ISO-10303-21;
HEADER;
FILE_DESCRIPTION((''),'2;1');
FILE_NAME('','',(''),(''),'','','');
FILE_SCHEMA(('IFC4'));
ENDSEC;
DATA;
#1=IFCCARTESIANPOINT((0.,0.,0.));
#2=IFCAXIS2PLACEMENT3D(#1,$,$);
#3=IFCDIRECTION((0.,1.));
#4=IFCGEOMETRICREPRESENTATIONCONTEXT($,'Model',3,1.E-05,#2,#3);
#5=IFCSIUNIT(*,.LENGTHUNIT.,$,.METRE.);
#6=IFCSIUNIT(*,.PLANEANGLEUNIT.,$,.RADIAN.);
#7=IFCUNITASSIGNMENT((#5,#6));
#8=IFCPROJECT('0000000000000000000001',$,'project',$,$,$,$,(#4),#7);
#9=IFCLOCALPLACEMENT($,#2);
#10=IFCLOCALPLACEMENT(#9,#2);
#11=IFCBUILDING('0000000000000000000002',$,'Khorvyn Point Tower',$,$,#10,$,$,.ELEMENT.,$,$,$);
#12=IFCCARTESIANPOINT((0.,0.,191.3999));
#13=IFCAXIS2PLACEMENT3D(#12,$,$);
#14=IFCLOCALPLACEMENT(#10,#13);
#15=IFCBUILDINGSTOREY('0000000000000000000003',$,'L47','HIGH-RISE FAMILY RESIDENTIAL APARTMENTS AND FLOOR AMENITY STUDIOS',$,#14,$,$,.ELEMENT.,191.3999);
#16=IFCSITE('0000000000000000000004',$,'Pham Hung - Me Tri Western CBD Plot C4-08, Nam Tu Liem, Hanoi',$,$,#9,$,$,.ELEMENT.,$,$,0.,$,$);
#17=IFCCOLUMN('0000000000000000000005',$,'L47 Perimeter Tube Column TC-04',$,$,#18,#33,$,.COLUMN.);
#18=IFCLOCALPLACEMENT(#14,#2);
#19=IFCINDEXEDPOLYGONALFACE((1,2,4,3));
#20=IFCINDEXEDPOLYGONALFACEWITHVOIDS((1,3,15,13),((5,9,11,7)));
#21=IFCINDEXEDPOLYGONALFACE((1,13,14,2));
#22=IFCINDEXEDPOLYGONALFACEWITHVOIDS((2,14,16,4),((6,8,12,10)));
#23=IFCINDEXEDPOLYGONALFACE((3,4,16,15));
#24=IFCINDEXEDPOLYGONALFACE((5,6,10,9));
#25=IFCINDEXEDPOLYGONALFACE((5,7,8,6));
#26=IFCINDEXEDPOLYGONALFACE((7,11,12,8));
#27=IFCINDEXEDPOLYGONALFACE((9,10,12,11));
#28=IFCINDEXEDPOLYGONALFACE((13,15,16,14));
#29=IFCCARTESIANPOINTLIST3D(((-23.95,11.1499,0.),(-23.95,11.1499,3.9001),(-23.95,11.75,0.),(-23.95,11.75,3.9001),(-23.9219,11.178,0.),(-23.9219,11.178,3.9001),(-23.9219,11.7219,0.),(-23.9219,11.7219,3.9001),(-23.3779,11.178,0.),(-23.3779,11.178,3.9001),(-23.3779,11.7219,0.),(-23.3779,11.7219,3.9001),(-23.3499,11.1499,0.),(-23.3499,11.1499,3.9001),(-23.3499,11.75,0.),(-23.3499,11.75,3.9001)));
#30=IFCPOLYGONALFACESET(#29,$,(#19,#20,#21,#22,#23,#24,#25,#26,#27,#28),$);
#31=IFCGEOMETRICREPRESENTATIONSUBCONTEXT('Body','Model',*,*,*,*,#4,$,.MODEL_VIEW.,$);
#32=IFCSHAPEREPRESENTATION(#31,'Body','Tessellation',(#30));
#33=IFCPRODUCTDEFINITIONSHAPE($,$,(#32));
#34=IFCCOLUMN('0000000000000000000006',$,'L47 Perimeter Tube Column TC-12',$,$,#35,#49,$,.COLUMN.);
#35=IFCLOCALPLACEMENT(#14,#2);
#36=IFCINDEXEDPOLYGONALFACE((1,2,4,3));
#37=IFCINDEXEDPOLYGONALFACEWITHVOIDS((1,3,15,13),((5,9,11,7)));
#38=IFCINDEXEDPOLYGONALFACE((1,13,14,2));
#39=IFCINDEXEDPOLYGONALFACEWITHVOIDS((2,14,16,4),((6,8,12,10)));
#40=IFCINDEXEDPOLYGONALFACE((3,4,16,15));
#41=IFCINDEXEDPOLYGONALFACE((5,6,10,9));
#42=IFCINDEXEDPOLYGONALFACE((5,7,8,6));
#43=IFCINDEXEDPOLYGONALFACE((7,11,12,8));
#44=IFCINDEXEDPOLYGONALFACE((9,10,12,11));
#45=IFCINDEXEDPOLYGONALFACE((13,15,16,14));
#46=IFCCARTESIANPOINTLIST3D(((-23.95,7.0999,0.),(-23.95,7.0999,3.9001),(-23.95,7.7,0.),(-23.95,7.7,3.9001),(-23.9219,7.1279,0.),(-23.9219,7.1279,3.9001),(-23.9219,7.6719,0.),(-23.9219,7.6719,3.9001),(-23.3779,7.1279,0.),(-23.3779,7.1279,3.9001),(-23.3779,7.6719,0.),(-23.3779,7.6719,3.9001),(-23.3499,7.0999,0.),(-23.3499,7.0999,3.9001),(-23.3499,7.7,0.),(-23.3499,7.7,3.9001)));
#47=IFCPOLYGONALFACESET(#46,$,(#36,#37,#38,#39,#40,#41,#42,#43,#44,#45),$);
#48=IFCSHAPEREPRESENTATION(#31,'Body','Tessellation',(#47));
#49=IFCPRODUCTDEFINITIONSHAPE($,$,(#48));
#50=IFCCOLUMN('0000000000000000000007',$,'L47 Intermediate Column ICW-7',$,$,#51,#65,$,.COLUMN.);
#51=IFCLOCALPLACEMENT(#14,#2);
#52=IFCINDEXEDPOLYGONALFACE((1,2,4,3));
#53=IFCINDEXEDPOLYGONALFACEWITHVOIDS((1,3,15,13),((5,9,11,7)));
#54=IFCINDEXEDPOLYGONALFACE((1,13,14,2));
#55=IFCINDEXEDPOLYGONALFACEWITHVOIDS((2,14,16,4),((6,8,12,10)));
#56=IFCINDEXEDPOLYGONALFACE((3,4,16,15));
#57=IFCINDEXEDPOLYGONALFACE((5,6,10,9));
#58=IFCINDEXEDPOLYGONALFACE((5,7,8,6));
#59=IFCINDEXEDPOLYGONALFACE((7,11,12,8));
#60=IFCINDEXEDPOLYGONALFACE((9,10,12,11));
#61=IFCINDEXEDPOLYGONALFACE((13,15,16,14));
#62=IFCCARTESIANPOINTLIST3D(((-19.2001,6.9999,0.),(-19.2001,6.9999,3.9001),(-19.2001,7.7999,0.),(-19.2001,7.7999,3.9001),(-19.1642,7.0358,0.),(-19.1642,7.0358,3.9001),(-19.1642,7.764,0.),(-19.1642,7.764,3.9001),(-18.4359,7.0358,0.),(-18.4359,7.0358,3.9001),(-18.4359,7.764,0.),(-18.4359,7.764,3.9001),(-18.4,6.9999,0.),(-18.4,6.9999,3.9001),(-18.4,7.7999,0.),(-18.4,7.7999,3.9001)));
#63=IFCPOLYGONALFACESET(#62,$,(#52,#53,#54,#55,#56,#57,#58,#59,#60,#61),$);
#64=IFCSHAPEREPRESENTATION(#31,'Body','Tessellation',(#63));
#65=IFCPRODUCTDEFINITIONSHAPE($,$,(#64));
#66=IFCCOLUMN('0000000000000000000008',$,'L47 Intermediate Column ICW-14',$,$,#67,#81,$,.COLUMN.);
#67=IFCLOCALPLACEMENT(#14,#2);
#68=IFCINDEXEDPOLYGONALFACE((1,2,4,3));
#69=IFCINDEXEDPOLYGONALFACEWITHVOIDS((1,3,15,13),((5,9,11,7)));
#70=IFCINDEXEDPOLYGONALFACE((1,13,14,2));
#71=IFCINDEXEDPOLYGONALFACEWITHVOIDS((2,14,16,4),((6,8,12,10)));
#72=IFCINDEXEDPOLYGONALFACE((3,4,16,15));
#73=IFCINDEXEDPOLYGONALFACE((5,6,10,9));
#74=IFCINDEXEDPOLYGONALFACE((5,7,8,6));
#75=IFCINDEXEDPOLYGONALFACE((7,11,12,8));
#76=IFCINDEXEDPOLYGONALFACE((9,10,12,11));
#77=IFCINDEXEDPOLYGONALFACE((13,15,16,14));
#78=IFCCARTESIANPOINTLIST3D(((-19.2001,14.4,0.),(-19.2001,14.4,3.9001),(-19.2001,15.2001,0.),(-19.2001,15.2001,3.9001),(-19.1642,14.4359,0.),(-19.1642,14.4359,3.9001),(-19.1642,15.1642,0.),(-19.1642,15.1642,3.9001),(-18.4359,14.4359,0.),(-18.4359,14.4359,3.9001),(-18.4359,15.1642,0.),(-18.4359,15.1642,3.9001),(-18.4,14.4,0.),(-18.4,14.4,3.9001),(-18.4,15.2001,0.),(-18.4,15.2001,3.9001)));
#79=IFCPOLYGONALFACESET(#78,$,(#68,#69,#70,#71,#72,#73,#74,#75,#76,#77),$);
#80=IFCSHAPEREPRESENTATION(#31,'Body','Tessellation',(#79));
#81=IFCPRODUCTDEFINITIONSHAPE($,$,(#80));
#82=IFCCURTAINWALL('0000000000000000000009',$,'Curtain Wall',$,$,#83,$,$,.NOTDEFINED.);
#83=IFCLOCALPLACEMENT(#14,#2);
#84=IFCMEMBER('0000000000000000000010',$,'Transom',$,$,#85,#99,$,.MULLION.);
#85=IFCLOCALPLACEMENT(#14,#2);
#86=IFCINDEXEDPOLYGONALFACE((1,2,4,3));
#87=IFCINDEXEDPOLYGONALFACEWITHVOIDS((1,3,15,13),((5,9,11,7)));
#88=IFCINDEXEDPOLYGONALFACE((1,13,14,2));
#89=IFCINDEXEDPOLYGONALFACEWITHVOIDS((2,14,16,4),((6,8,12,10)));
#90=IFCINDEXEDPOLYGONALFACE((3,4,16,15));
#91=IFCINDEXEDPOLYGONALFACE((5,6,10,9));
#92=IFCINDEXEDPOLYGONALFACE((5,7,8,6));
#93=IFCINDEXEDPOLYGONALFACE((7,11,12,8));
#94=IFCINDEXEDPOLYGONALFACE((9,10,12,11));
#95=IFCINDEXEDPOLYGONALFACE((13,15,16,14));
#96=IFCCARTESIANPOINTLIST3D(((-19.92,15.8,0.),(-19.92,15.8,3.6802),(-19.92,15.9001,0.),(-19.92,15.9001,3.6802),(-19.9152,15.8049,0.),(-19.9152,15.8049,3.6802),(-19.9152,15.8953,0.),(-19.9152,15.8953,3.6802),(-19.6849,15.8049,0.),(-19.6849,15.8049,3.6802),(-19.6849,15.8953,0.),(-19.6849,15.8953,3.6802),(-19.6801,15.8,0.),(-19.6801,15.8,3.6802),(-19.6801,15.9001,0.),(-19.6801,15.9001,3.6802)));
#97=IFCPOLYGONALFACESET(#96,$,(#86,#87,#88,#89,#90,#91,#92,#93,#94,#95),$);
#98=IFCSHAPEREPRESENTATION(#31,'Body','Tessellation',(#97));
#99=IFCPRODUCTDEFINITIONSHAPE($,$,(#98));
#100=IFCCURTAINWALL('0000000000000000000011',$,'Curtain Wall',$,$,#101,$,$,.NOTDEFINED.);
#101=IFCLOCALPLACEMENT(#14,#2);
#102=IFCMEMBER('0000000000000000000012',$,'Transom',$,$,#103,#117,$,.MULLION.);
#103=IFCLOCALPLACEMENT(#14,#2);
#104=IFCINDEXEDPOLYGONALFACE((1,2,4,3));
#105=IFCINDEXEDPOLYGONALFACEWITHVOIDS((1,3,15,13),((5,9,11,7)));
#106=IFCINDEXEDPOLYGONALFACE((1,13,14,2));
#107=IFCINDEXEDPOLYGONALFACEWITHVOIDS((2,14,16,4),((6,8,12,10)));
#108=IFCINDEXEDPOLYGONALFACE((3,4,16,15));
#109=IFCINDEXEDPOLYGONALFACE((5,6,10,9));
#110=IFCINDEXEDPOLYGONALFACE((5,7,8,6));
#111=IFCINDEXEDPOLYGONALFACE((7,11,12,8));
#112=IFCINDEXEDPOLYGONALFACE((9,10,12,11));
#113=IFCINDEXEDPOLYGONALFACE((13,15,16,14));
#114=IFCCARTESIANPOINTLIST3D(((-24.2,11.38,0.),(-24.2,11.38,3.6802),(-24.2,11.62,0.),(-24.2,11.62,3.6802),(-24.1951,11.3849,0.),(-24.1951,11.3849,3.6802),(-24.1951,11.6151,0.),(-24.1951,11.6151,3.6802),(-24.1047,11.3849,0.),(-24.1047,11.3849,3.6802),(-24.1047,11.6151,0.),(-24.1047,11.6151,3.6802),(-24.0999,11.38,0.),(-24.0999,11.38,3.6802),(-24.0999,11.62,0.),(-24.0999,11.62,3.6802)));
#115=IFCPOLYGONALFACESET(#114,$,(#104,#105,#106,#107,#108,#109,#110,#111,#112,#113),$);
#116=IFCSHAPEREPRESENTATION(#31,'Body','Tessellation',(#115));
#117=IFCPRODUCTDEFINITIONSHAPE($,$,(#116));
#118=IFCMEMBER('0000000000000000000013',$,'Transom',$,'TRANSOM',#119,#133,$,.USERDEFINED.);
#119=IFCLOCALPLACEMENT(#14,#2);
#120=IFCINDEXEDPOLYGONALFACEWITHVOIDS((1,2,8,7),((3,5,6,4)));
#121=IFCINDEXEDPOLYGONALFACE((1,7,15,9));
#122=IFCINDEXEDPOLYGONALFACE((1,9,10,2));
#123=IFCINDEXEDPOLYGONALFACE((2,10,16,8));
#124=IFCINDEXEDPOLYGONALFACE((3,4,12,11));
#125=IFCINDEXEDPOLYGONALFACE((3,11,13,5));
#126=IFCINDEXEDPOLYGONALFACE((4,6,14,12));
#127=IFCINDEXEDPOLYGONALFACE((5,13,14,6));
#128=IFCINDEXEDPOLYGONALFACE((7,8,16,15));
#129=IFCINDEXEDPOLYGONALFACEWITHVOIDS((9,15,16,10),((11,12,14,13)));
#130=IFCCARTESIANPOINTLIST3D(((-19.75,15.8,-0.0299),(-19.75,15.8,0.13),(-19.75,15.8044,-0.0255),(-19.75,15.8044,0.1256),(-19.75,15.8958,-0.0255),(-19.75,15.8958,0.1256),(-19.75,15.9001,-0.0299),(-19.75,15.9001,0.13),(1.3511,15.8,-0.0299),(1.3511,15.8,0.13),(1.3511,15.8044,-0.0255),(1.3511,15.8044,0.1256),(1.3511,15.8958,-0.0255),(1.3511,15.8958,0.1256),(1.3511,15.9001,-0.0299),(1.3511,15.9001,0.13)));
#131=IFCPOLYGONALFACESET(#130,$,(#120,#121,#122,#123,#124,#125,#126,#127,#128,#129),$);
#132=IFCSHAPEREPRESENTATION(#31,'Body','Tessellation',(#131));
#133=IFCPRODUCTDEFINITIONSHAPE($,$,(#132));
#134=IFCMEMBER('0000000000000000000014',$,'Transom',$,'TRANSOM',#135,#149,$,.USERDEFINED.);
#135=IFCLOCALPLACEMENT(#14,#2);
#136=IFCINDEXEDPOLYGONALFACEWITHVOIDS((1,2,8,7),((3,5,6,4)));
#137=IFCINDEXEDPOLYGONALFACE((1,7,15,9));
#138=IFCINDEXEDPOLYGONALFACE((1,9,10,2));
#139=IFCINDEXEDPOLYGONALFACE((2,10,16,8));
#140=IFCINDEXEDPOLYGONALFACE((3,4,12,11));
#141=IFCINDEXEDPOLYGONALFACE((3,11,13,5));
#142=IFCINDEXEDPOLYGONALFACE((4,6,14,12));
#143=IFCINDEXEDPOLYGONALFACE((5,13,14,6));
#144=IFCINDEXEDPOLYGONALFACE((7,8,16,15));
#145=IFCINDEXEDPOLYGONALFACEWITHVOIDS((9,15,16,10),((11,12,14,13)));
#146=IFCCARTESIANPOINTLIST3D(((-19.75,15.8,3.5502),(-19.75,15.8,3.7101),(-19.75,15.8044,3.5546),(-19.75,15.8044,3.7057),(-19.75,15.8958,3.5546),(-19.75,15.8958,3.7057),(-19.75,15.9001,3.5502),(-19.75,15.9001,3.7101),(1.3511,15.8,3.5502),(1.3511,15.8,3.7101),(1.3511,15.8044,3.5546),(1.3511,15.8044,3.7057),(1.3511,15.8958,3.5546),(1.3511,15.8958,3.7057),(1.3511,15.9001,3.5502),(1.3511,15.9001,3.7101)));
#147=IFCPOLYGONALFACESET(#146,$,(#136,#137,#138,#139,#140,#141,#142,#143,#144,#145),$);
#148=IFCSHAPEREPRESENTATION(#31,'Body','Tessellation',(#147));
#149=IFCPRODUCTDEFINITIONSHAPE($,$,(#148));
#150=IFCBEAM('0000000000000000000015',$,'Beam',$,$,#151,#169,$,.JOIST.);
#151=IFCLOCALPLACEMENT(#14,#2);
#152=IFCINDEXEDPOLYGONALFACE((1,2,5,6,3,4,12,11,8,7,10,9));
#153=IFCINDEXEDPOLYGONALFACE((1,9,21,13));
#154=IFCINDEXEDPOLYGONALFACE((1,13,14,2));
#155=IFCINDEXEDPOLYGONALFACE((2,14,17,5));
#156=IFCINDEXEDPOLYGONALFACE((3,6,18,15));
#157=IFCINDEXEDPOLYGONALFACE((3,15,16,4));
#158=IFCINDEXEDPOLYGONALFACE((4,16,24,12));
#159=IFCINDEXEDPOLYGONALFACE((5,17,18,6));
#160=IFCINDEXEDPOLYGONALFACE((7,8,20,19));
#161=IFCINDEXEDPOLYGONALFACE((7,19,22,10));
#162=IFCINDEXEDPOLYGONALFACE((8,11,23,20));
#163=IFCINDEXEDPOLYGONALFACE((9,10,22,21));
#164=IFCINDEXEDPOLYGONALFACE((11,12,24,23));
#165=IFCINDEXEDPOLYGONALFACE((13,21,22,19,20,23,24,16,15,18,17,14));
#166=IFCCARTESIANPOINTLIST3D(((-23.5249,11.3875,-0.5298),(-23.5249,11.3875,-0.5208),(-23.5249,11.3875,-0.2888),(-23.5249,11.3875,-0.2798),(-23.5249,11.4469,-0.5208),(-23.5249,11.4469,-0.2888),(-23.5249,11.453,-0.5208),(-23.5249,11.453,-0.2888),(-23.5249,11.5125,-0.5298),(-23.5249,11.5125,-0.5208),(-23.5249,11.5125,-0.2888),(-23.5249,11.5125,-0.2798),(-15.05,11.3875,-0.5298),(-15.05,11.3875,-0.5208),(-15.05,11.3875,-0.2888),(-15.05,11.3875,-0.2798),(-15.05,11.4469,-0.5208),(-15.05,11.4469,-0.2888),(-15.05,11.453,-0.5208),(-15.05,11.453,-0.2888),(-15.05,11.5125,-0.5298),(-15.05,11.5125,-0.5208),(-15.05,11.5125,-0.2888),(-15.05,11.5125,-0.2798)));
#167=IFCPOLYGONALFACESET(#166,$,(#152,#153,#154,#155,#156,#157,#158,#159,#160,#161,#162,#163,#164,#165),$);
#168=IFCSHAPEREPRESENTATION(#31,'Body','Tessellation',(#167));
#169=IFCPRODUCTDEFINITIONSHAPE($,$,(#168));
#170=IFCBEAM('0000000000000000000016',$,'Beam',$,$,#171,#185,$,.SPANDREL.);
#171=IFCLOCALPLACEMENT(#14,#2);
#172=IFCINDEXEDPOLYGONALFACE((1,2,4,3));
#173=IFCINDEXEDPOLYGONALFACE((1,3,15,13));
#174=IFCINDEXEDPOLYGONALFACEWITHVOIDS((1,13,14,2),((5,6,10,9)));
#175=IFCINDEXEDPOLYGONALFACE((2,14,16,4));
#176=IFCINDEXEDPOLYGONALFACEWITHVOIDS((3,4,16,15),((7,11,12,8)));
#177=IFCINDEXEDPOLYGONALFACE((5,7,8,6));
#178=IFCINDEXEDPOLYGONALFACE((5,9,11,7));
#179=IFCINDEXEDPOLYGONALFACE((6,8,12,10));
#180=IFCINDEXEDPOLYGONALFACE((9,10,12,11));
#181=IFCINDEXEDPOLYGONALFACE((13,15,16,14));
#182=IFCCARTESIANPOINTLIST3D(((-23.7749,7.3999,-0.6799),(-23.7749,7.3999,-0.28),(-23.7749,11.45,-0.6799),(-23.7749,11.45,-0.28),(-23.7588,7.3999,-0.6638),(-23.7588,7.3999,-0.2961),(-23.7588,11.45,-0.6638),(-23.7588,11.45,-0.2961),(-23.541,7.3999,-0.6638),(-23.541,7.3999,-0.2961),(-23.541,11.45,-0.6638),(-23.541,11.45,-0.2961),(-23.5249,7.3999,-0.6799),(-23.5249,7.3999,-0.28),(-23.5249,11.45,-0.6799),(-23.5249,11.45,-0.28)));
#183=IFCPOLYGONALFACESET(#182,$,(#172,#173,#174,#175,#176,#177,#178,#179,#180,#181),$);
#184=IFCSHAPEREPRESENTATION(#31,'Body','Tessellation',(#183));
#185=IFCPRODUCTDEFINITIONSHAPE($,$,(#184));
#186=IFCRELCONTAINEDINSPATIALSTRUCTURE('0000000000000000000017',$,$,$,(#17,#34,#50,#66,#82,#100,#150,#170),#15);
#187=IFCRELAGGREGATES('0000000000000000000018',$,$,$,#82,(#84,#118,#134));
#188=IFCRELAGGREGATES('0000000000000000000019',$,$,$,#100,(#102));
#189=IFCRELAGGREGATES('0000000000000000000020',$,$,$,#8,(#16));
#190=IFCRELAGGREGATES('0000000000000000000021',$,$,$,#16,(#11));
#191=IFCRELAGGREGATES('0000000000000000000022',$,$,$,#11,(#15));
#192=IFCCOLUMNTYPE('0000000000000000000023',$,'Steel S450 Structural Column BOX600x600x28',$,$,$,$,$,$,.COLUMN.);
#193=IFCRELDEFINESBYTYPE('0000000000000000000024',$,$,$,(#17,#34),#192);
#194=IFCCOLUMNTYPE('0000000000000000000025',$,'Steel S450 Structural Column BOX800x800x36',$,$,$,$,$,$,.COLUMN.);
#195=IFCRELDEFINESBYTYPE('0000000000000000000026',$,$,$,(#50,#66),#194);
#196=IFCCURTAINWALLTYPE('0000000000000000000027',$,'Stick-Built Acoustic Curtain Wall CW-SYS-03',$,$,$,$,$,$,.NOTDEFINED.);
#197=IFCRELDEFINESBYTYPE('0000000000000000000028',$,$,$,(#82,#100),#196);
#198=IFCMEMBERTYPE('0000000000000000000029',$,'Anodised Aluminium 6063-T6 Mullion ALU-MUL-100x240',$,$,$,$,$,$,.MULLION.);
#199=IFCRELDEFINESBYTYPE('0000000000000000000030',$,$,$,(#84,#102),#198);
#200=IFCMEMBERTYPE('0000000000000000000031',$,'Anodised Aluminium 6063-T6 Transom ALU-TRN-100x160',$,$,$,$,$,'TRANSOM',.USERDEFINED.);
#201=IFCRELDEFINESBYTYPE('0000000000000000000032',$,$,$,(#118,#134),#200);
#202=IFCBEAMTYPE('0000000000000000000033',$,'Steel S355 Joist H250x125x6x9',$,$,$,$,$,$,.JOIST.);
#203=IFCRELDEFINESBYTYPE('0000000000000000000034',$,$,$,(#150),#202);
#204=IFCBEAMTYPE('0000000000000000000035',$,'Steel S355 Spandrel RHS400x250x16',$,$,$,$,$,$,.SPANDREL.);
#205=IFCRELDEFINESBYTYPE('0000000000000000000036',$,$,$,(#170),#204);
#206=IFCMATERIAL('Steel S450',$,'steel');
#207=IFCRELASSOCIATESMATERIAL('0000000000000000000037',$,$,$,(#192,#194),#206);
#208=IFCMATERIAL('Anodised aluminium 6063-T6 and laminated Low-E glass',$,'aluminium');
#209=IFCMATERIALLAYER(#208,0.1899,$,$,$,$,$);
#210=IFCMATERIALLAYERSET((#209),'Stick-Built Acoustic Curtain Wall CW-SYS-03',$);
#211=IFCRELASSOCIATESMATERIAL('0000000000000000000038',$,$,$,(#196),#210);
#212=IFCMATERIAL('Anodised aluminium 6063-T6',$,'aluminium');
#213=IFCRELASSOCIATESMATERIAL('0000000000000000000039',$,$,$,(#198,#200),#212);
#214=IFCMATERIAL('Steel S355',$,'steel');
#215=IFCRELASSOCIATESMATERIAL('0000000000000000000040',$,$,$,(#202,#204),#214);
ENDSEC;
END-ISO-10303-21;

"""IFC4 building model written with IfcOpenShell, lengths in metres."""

from ifc_helpers import new_model, si_unit, direction, frame, origin, origin_2d, place, context, subcontext, project, spatial, hollow_rectangle, i_section, extrude, material, layer, layer_set, material_profile, profile_set, type_object, element, aggregate, save


model = new_model("IFC4")

# Units and contexts
model_context = context("Model", 3, precision=1e-05, world=origin(), true_north=direction((0.0, 1.0)))
body_context = subcontext(model_context, "Body", "Model", "MODEL_VIEW")
ifc_project = project(units=[si_unit("LENGTHUNIT", "METRE"), si_unit("PLANEANGLEUNIT", "RADIAN")], contexts=[model_context])

# Site, building, storey
site_placement = place(None, origin())
site = spatial("IfcSite", under=ifc_project, at=site_placement, Name="Pham Hung - Me Tri Western CBD Plot C4-08, Nam Tu Liem, Hanoi", CompositionType="ELEMENT", RefElevation=0.0)
building_placement = place(site_placement, origin())
building = spatial("IfcBuilding", under=site, at=building_placement, Name="Khorvyn Point Tower", CompositionType="ELEMENT")
storey_placement = place(building_placement, frame((0.0, 0.0, 191.3999)))
storey = spatial("IfcBuildingStorey", under=building, at=storey_placement, Name="L47", Description="HIGH-RISE FAMILY RESIDENTIAL APARTMENTS AND FLOOR AMENITY STUDIOS", CompositionType="ELEMENT", Elevation=191.3999)

# Columns
ifc_material_1 = material(Name="Steel S450", Category="steel")
ifc_material_profile_1 = material_profile(ifc_material_1, hollow_rectangle(XDim=0.6001, YDim=0.6001, WallThickness=0.0281, at=origin_2d()))
ifc_profile_set_1 = profile_set([ifc_material_profile_1], Name="Steel S450 BOX600x600x28")
column_type_1 = type_object("IfcColumnType", Name="Steel S450 Structural Column BOX600x600x28", PredefinedType="COLUMN", material=ifc_profile_set_1)
for number, where, z_axis, x_axis, name in (
    (1, (-23.6499, 11.45, 0.0), (0.0, 0.0, 1.0), (1.0, 0.0, 0.0), "L47 Perimeter Tube Column TC-04"),
    (2, (-23.6499, 7.3999, 0.0), (0.0, 0.0, 1.0), (1.0, 0.0, 0.0), "L47 Perimeter Tube Column TC-12"),
):
    element("IfcColumn", number, at=place(storey_placement, frame(where, z_axis=z_axis, x_axis=x_axis)), inside=storey, type_object=column_type_1, Name=name, PredefinedType="COLUMN", context=body_context, shape_type="SweptSolid", body=[
        extrude(hollow_rectangle(XDim=0.6001, YDim=0.6001, WallThickness=0.0281, at=origin_2d()), origin(), (0.0, 0.0, 1.0), 3.9001),
    ])
ifc_material_profile_2 = material_profile(ifc_material_1, hollow_rectangle(XDim=0.8, YDim=0.8, WallThickness=0.0359, at=origin_2d()))
ifc_profile_set_2 = profile_set([ifc_material_profile_2], Name="Steel S450 BOX800x800x36")
column_type_2 = type_object("IfcColumnType", Name="Steel S450 Structural Column BOX800x800x36", PredefinedType="COLUMN", material=ifc_profile_set_2)
for number, where, z_axis, x_axis, name in (
    (3, (-18.8, 7.3999, 0.0), (0.0, 0.0, 1.0), (1.0, 0.0, 0.0), "L47 Intermediate Column ICW-7"),
    (4, (-18.8, 14.8, 0.0), (0.0, 0.0, 1.0), (1.0, 0.0, 0.0), "L47 Intermediate Column ICW-14"),
):
    element("IfcColumn", number, at=place(storey_placement, frame(where, z_axis=z_axis, x_axis=x_axis)), inside=storey, type_object=column_type_2, Name=name, PredefinedType="COLUMN", context=body_context, shape_type="SweptSolid", body=[
        extrude(hollow_rectangle(XDim=0.8, YDim=0.8, WallThickness=0.0359, at=origin_2d()), origin(), (0.0, 0.0, 1.0), 3.9001),
    ])

# Curtain walls, members
ifc_material_2 = material(Name="Anodised aluminium 6063-T6 and laminated Low-E glass", Category="aluminium")
ifc_layer_1 = layer(ifc_material_2, 0.1899)
ifc_layer_set_1 = layer_set([ifc_layer_1], Name="Stick-Built Acoustic Curtain Wall CW-SYS-03")
curtain_wall_type = type_object("IfcCurtainWallType", Name="Stick-Built Acoustic Curtain Wall CW-SYS-03", PredefinedType="NOTDEFINED", material=ifc_layer_set_1)
curtain_wall_1_placement = place(storey_placement, origin())
curtain_wall_1 = element("IfcCurtainWall", 5, at=curtain_wall_1_placement, inside=storey, type_object=curtain_wall_type, Name="Curtain Wall", PredefinedType="NOTDEFINED")
ifc_material_3 = material(Name="Anodised aluminium 6063-T6", Category="aluminium")
ifc_material_profile_3 = material_profile(ifc_material_3, hollow_rectangle(XDim=0.1001, YDim=0.24, WallThickness=0.0049, at=origin_2d()))
ifc_profile_set_3 = profile_set([ifc_material_profile_3], Name="Anodised aluminium 6063-T6 ALU-MUL-100x240")
member_type_1 = type_object("IfcMemberType", Name="Anodised Aluminium 6063-T6 Mullion ALU-MUL-100x240", PredefinedType="MULLION", material=ifc_profile_set_3)
member_1_placement = place(storey_placement, frame((-19.8, 15.8501, 0.0), z_axis=(0.0, 0.0, 1.0), x_axis=(0.0, 1.0, 0.0)))
member_1 = element("IfcMember", 6, at=member_1_placement, type_object=member_type_1, Name="Transom", PredefinedType="MULLION", context=body_context, shape_type="SweptSolid", body=[
    extrude(hollow_rectangle(XDim=0.1001, YDim=0.24, WallThickness=0.0049, at=origin_2d()), origin(), (0.0, 0.0, 1.0), 3.6802),
])
curtain_wall_2_placement = place(storey_placement, origin())
curtain_wall_2 = element("IfcCurtainWall", 7, at=curtain_wall_2_placement, inside=storey, type_object=curtain_wall_type, Name="Curtain Wall", PredefinedType="NOTDEFINED")
member_2_placement = place(storey_placement, frame((-24.1499, 11.5, 0.0), z_axis=(0.0, 0.0, 1.0), x_axis=(-1.0, 0.0, 0.0)))
member_2 = element("IfcMember", 8, at=member_2_placement, type_object=member_type_1, Name="Transom", PredefinedType="MULLION", context=body_context, shape_type="SweptSolid", body=[
    extrude(hollow_rectangle(XDim=0.1001, YDim=0.24, WallThickness=0.0049, at=origin_2d()), origin(), (0.0, 0.0, 1.0), 3.6802),
])

# Members
ifc_material_profile_4 = material_profile(ifc_material_3, hollow_rectangle(XDim=0.1001, YDim=0.1599, WallThickness=0.0044, at=origin_2d()))
ifc_profile_set_4 = profile_set([ifc_material_profile_4], Name="Anodised aluminium 6063-T6 ALU-TRN-100x160")
member_type_2 = type_object("IfcMemberType", Name="Anodised Aluminium 6063-T6 Transom ALU-TRN-100x160", ElementType="TRANSOM", PredefinedType="USERDEFINED", material=ifc_profile_set_4)
member_3_placement = place(storey_placement, frame((-19.75, 15.8501, 0.05), z_axis=(1.0, 0.0, 0.0), x_axis=(0.0, 1.0, 0.0)))
member_3 = element("IfcMember", 9, at=member_3_placement, type_object=member_type_2, Name="Transom", ObjectType="TRANSOM", PredefinedType="USERDEFINED", context=body_context, shape_type="SweptSolid", body=[
    extrude(hollow_rectangle(XDim=0.1001, YDim=0.1599, WallThickness=0.0044, at=origin_2d()), origin(), (0.0, 0.0, 1.0), 21.1011),
])
member_4_placement = place(storey_placement, frame((-19.75, 15.8501, 3.6301), z_axis=(1.0, 0.0, 0.0), x_axis=(0.0, 1.0, 0.0)))
member_4 = element("IfcMember", 10, at=member_4_placement, type_object=member_type_2, Name="Transom", ObjectType="TRANSOM", PredefinedType="USERDEFINED", context=body_context, shape_type="SweptSolid", body=[
    extrude(hollow_rectangle(XDim=0.1001, YDim=0.1599, WallThickness=0.0044, at=origin_2d()), origin(), (0.0, 0.0, 1.0), 21.1011),
])
aggregate(curtain_wall_1, [member_1, member_3, member_4])

# Beams
ifc_material_4 = material(Name="Steel S355", Category="steel")
ifc_material_profile_5 = material_profile(ifc_material_4, i_section(OverallWidth=0.125, OverallDepth=0.25, WebThickness=0.0061, FlangeThickness=0.009, at=origin_2d()))
ifc_profile_set_5 = profile_set([ifc_material_profile_5], Name="Steel S355 H250x125x6x9")
beam_type_1 = type_object("IfcBeamType", Name="Steel S355 Joist H250x125x6x9", PredefinedType="JOIST", material=ifc_profile_set_5)
beam_1_placement = place(storey_placement, frame((-23.5249, 11.45, -0.4048), z_axis=(1.0, 0.0, 0.0), x_axis=(0.0, 1.0, 0.0)))
element("IfcBeam", 11, at=beam_1_placement, inside=storey, type_object=beam_type_1, Name="Beam", PredefinedType="JOIST", context=body_context, shape_type="SweptSolid", body=[
    extrude(i_section(OverallWidth=0.125, OverallDepth=0.25, WebThickness=0.0061, FlangeThickness=0.009, at=origin_2d()), origin(), (0.0, 0.0, 1.0), 8.4749),
])
ifc_material_profile_6 = material_profile(ifc_material_4, hollow_rectangle(XDim=0.25, YDim=0.3999, WallThickness=0.0161, at=origin_2d()))
ifc_profile_set_6 = profile_set([ifc_material_profile_6], Name="Steel S355 RHS400x250x16")
beam_type_2 = type_object("IfcBeamType", Name="Steel S355 Spandrel RHS400x250x16", PredefinedType="SPANDREL", material=ifc_profile_set_6)
beam_2_placement = place(storey_placement, frame((-23.6499, 7.3999, -0.48), z_axis=(0.0, 1.0, 0.0), x_axis=(-1.0, 0.0, 0.0)))
element("IfcBeam", 12, at=beam_2_placement, inside=storey, type_object=beam_type_2, Name="Beam", PredefinedType="SPANDREL", context=body_context, shape_type="SweptSolid", body=[
    extrude(hollow_rectangle(XDim=0.25, YDim=0.3999, WallThickness=0.0161, at=origin_2d()), origin(), (0.0, 0.0, 1.0), 4.05),
])

aggregate(curtain_wall_2, [member_2])

save(model, "model.ifc")
